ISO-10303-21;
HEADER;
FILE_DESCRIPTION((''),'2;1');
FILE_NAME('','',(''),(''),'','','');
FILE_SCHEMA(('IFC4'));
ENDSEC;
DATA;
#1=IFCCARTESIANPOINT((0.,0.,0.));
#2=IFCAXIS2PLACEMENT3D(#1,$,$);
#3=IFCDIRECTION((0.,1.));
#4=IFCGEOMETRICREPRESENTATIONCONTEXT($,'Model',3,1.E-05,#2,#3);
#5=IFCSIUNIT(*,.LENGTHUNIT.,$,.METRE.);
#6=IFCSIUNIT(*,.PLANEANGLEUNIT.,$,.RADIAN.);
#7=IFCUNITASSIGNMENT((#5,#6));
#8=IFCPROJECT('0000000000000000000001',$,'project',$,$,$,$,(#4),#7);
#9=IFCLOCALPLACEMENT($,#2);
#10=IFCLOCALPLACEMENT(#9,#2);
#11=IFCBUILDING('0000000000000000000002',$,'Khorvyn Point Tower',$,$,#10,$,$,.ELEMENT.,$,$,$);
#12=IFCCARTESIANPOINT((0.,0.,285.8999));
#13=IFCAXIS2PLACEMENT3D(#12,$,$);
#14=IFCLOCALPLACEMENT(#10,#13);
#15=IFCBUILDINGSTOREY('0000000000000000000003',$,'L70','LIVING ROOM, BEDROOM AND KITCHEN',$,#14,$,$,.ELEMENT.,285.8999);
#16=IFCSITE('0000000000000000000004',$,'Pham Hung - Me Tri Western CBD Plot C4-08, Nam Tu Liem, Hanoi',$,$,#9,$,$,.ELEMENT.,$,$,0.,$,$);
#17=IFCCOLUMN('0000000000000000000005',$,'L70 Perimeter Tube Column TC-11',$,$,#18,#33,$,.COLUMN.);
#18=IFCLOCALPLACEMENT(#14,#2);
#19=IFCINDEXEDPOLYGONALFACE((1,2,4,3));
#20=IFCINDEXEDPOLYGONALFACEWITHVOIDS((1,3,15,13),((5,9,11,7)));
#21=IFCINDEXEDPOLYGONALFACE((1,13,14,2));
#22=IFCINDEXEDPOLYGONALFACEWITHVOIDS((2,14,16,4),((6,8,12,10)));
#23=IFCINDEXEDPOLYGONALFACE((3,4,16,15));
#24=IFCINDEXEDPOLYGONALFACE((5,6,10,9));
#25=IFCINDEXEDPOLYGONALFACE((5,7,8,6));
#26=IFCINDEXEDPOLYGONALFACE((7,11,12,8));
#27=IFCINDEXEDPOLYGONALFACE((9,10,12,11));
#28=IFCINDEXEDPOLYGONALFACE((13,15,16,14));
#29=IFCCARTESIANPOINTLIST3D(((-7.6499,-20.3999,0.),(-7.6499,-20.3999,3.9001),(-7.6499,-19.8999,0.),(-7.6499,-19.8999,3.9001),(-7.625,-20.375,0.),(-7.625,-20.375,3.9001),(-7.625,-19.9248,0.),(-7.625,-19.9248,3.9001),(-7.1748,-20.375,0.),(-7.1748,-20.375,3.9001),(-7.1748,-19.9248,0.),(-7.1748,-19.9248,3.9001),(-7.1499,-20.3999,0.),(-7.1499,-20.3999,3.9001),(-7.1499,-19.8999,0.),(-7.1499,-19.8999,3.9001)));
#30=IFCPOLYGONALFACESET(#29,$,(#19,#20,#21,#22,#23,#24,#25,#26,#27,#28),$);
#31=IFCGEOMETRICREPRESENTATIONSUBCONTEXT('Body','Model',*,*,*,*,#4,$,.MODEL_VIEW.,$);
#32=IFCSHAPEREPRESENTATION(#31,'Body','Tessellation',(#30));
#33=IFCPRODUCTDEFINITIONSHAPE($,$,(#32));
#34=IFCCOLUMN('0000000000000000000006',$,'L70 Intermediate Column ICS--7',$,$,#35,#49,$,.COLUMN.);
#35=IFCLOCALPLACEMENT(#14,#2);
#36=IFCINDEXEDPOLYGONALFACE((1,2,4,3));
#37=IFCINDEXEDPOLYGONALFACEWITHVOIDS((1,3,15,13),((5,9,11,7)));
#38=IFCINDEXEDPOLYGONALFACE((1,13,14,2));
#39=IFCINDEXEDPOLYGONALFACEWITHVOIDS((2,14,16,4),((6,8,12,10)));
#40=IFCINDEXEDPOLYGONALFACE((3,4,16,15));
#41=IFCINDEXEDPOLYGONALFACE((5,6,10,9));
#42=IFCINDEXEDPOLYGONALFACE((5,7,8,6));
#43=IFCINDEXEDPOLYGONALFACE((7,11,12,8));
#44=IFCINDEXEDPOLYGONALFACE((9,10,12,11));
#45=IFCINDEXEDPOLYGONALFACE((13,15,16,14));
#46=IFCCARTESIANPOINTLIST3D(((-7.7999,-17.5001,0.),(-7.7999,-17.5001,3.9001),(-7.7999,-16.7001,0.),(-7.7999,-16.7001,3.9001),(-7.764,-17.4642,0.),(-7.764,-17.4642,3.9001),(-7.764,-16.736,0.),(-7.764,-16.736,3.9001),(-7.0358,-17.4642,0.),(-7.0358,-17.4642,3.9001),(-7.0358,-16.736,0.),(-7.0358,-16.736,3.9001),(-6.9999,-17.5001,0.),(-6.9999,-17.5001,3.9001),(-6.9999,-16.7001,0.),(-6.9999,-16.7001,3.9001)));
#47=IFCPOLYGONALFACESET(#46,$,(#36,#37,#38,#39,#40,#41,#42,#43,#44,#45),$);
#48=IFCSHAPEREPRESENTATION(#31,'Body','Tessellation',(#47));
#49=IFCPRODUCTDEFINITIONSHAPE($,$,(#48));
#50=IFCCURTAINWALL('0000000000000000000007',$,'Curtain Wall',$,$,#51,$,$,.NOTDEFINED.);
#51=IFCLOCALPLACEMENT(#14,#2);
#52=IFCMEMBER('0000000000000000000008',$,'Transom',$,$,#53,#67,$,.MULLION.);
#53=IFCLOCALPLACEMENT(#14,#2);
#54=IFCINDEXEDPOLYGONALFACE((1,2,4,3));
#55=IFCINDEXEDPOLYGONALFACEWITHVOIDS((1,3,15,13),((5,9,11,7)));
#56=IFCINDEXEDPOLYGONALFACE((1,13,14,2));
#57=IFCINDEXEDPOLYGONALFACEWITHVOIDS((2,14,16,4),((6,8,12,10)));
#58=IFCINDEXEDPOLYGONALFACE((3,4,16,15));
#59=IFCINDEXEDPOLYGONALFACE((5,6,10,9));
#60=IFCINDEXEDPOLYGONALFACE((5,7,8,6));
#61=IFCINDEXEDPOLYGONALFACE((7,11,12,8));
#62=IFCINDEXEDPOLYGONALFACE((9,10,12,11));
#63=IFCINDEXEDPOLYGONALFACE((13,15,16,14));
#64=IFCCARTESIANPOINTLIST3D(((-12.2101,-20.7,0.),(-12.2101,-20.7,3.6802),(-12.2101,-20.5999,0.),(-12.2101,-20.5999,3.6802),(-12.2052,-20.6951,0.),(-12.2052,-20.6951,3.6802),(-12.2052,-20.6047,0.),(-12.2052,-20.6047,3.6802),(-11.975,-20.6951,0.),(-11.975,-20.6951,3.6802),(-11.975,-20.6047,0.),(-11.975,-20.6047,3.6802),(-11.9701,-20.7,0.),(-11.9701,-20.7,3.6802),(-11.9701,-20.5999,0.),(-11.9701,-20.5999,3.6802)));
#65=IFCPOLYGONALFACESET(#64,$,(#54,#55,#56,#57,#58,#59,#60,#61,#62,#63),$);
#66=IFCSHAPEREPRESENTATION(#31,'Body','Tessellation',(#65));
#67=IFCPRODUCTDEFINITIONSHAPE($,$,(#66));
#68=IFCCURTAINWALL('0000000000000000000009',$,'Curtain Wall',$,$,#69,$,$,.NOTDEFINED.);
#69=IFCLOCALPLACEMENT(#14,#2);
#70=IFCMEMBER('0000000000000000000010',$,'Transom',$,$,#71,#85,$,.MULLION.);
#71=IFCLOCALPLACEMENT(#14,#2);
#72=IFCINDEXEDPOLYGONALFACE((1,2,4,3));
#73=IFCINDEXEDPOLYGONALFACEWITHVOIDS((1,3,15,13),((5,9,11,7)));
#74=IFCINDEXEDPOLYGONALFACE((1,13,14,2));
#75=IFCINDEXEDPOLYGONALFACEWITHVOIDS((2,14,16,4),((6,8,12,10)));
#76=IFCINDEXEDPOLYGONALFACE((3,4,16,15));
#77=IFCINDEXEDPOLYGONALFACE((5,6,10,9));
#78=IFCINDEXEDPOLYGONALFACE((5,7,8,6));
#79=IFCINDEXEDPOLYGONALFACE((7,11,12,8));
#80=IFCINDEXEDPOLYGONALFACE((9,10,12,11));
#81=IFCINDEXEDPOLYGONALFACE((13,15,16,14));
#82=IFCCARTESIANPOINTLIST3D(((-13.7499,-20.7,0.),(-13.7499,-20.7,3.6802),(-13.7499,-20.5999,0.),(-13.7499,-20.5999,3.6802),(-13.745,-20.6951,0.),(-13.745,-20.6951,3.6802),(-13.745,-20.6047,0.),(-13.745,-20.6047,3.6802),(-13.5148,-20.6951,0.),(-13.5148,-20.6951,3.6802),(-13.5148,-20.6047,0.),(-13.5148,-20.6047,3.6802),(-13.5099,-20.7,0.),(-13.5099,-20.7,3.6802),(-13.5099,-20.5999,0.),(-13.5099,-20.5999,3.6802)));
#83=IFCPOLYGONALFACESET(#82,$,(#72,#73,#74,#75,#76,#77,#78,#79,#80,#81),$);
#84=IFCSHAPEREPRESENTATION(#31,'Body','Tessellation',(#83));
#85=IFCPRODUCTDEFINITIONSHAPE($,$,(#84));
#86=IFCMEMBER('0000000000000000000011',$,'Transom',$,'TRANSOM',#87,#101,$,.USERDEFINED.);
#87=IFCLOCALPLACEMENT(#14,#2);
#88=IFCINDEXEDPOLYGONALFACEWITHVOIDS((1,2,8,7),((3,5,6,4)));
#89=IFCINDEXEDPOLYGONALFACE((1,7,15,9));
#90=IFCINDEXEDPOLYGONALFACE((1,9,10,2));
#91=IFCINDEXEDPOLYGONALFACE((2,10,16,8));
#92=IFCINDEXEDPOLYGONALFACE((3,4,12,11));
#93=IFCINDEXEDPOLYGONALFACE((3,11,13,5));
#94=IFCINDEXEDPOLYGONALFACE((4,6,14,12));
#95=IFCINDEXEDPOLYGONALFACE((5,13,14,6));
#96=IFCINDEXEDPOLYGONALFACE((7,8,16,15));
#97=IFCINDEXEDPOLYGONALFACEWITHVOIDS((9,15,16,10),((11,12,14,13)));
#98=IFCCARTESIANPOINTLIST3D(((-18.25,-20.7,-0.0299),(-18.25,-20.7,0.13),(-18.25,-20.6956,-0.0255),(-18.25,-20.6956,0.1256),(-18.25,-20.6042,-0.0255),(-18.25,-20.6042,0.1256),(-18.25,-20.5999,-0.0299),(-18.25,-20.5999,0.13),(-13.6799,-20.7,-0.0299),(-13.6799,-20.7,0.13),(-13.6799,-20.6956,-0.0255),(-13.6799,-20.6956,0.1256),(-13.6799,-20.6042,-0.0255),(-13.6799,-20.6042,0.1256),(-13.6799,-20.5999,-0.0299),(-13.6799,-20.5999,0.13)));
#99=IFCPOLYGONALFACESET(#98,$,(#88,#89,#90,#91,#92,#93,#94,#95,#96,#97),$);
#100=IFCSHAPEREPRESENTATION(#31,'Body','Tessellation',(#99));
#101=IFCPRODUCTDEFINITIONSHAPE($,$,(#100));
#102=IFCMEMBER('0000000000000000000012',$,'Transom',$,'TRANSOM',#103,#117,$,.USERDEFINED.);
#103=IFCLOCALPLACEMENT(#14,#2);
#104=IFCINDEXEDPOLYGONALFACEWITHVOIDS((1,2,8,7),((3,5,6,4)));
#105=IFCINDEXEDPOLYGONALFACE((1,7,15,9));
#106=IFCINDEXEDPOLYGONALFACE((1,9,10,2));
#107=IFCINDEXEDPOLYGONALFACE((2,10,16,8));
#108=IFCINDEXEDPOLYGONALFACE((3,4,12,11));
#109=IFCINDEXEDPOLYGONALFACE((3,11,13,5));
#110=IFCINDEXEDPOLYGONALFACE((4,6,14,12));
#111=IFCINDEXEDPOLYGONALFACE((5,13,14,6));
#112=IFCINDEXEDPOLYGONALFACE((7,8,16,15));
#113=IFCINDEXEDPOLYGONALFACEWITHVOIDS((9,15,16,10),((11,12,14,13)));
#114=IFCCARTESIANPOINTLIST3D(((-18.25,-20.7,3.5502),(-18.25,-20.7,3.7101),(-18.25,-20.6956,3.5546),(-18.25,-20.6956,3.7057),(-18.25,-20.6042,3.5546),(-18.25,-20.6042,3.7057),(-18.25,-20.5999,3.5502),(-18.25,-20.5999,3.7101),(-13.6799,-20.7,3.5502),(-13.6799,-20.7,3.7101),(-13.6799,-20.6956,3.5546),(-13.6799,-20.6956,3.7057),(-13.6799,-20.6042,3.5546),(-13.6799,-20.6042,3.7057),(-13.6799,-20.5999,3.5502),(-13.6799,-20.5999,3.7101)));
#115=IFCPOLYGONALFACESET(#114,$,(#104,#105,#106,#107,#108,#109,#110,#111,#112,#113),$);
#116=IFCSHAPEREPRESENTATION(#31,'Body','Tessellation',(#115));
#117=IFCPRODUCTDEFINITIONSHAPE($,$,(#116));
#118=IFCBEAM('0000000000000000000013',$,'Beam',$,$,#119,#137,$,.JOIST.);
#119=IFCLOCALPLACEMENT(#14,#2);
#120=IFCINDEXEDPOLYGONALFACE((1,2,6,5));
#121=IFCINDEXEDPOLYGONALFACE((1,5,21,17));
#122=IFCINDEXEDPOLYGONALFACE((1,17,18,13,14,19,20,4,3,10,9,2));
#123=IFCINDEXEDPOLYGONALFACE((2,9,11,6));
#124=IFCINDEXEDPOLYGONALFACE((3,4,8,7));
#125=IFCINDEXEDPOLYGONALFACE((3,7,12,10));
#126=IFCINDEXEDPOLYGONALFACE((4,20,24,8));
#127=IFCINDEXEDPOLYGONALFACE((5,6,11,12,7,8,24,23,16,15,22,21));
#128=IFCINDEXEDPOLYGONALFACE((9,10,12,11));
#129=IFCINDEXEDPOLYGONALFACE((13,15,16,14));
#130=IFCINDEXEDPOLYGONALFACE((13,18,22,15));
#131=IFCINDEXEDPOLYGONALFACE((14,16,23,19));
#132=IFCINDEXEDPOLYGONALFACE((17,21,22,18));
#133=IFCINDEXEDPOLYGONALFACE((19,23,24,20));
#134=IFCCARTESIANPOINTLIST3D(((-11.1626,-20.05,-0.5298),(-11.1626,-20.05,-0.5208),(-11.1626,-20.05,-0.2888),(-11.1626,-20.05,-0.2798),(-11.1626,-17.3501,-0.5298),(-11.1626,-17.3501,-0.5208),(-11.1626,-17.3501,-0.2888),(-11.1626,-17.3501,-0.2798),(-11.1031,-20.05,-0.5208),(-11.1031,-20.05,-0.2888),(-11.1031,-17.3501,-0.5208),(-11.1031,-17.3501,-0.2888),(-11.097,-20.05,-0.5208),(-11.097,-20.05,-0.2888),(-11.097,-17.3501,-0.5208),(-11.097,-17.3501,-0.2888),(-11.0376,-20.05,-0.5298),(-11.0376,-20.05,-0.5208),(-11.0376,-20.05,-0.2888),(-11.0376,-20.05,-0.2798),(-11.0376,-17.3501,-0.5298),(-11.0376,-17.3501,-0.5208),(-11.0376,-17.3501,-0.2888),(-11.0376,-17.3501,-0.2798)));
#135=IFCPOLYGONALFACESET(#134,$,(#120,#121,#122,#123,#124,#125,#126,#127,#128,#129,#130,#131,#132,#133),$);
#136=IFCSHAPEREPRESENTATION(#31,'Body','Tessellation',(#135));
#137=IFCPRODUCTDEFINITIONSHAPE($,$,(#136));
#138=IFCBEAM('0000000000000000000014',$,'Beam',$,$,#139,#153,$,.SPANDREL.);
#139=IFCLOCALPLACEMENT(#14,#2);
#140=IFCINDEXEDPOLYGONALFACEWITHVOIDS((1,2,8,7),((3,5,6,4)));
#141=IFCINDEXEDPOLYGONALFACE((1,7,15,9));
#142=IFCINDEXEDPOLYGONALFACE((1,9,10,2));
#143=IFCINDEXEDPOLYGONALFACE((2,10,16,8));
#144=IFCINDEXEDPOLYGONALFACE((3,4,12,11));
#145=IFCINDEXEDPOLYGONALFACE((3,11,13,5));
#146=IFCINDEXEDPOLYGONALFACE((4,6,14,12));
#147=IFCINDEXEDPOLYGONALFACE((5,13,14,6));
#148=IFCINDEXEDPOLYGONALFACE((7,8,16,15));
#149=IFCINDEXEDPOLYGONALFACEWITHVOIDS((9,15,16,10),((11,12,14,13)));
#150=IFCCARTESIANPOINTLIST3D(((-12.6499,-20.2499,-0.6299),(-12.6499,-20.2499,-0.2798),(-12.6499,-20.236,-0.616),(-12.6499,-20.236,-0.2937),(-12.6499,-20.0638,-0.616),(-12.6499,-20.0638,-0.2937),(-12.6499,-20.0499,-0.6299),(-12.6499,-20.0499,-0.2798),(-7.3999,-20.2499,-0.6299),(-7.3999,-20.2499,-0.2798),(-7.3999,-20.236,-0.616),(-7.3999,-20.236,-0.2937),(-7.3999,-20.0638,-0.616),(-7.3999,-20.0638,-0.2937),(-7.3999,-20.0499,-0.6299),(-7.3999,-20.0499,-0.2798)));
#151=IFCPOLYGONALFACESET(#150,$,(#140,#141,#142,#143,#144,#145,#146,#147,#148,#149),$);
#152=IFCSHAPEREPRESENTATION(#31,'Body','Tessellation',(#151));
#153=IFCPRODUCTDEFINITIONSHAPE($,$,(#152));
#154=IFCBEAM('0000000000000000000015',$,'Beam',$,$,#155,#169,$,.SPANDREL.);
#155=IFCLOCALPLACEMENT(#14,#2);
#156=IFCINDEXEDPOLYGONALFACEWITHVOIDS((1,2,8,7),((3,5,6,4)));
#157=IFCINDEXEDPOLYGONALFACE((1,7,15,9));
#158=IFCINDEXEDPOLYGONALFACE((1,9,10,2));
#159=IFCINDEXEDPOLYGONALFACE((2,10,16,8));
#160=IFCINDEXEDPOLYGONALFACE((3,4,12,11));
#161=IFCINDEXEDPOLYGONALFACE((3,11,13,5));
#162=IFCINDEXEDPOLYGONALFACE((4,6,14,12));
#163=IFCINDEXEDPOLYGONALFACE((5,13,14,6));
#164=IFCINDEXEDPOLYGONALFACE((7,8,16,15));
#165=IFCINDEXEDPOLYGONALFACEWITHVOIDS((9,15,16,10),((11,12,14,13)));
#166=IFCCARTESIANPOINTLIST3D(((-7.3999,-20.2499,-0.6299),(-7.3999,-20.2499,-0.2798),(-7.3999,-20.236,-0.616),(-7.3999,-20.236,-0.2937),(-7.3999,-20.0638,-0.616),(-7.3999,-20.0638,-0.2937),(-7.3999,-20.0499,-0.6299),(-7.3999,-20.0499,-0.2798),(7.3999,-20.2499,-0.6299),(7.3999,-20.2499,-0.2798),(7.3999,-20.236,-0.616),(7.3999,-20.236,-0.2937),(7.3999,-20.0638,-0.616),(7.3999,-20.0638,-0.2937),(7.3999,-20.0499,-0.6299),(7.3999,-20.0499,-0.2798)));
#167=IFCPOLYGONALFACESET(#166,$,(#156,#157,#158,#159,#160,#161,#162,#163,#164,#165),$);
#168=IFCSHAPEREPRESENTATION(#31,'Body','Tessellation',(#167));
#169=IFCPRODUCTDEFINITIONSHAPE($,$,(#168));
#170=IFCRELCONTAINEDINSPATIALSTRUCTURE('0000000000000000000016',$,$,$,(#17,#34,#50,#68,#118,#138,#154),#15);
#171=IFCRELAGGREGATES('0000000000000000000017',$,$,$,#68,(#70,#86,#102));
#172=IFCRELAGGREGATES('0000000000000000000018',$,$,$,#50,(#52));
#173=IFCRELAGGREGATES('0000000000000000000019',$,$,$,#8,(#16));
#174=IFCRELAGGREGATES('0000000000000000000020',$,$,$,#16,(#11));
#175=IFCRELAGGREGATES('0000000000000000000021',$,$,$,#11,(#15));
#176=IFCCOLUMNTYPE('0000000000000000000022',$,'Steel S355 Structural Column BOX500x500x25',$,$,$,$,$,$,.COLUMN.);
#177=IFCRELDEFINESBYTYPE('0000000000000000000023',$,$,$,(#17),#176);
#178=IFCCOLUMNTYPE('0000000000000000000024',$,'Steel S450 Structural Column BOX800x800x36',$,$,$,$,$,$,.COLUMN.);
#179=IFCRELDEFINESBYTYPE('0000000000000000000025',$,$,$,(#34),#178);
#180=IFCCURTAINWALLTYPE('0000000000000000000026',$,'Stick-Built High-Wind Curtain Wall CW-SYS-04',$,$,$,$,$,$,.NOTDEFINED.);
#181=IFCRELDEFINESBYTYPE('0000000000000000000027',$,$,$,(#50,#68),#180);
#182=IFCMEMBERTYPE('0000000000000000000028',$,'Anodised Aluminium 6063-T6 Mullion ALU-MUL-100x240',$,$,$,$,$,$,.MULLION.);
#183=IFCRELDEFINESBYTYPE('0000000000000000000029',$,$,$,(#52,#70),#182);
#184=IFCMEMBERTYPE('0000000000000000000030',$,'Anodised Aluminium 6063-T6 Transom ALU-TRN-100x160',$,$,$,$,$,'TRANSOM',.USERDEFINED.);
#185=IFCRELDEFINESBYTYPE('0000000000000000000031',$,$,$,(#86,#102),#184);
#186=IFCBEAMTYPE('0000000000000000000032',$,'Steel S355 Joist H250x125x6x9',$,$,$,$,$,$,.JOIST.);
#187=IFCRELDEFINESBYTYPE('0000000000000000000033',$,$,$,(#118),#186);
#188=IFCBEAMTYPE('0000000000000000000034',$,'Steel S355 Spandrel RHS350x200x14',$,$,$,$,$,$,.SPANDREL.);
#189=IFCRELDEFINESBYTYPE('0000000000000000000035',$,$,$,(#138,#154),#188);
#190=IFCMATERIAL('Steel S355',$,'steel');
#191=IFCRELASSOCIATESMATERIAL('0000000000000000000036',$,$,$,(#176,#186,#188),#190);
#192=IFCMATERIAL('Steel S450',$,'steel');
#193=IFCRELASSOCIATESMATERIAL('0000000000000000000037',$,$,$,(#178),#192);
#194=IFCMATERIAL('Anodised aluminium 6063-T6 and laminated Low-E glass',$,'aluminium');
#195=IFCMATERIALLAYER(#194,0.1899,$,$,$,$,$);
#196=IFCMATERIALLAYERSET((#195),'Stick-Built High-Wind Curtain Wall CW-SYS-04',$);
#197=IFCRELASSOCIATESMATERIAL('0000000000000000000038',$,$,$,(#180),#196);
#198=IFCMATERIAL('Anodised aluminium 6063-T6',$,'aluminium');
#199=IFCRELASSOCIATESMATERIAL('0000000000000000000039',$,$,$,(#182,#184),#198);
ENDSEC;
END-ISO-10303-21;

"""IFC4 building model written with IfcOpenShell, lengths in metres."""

from ifc_helpers import new_model, si_unit, direction, frame, origin, origin_2d, place, context, subcontext, project, spatial, hollow_rectangle, i_section, extrude, material, layer, layer_set, material_profile, profile_set, type_object, element, aggregate, save


model = new_model("IFC4")

# Units and contexts
model_context = context("Model", 3, precision=1e-05, world=origin(), true_north=direction((0.0, 1.0)))
body_context = subcontext(model_context, "Body", "Model", "MODEL_VIEW")
ifc_project = project(units=[si_unit("LENGTHUNIT", "METRE"), si_unit("PLANEANGLEUNIT", "RADIAN")], contexts=[model_context])

# Site, building, storey
site_placement = place(None, origin())
site = spatial("IfcSite", under=ifc_project, at=site_placement, Name="Pham Hung - Me Tri Western CBD Plot C4-08, Nam Tu Liem, Hanoi", CompositionType="ELEMENT", RefElevation=0.0)
building_placement = place(site_placement, origin())
building = spatial("IfcBuilding", under=site, at=building_placement, Name="Khorvyn Point Tower", CompositionType="ELEMENT")
storey_placement = place(building_placement, frame((0.0, 0.0, 285.8999)))
storey = spatial("IfcBuildingStorey", under=building, at=storey_placement, Name="L70", Description="LIVING ROOM, BEDROOM AND KITCHEN", CompositionType="ELEMENT", Elevation=285.8999)

# Columns
ifc_material_1 = material(Name="Steel S355", Category="steel")
ifc_material_profile_1 = material_profile(ifc_material_1, hollow_rectangle(XDim=0.5, YDim=0.5, WallThickness=0.0249, at=origin_2d()))
ifc_profile_set_1 = profile_set([ifc_material_profile_1], Name="Steel S355 BOX500x500x25")
column_type_1 = type_object("IfcColumnType", Name="Steel S355 Structural Column BOX500x500x25", PredefinedType="COLUMN", material=ifc_profile_set_1)
column_1_placement = place(storey_placement, frame((-7.3999, -20.1499, 0.0), z_axis=(0.0, 0.0, 1.0), x_axis=(1.0, 0.0, 0.0)))
element("IfcColumn", 1, at=column_1_placement, inside=storey, type_object=column_type_1, Name="L70 Perimeter Tube Column TC-11", PredefinedType="COLUMN", context=body_context, shape_type="SweptSolid", body=[
    extrude(hollow_rectangle(XDim=0.5, YDim=0.5, WallThickness=0.0249, at=origin_2d()), origin(), (0.0, 0.0, 1.0), 3.9001),
])
ifc_material_2 = material(Name="Steel S450", Category="steel")
ifc_material_profile_2 = material_profile(ifc_material_2, hollow_rectangle(XDim=0.8, YDim=0.8, WallThickness=0.0359, at=origin_2d()))
ifc_profile_set_2 = profile_set([ifc_material_profile_2], Name="Steel S450 BOX800x800x36")
column_type_2 = type_object("IfcColumnType", Name="Steel S450 Structural Column BOX800x800x36", PredefinedType="COLUMN", material=ifc_profile_set_2)
column_2_placement = place(storey_placement, frame((-7.3999, -17.1001, 0.0), z_axis=(0.0, 0.0, 1.0), x_axis=(1.0, 0.0, 0.0)))
element("IfcColumn", 2, at=column_2_placement, inside=storey, type_object=column_type_2, Name="L70 Intermediate Column ICS--7", PredefinedType="COLUMN", context=body_context, shape_type="SweptSolid", body=[
    extrude(hollow_rectangle(XDim=0.8, YDim=0.8, WallThickness=0.0359, at=origin_2d()), origin(), (0.0, 0.0, 1.0), 3.9001),
])

# Curtain wall, member
ifc_material_3 = material(Name="Anodised aluminium 6063-T6 and laminated Low-E glass", Category="aluminium")
ifc_layer_1 = layer(ifc_material_3, 0.1899)
ifc_layer_set_1 = layer_set([ifc_layer_1], Name="Stick-Built High-Wind Curtain Wall CW-SYS-04")
curtain_wall_type = type_object("IfcCurtainWallType", Name="Stick-Built High-Wind Curtain Wall CW-SYS-04", PredefinedType="NOTDEFINED", material=ifc_layer_set_1)
curtain_wall_1_placement = place(storey_placement, origin())
curtain_wall_1 = element("IfcCurtainWall", 3, at=curtain_wall_1_placement, inside=storey, type_object=curtain_wall_type, Name="Curtain Wall", PredefinedType="NOTDEFINED")
ifc_material_4 = material(Name="Anodised aluminium 6063-T6", Category="aluminium")
ifc_material_profile_3 = material_profile(ifc_material_4, hollow_rectangle(XDim=0.1001, YDim=0.24, WallThickness=0.0049, at=origin_2d()))
ifc_profile_set_3 = profile_set([ifc_material_profile_3], Name="Anodised aluminium 6063-T6 ALU-MUL-100x240")
member_type_1 = type_object("IfcMemberType", Name="Anodised Aluminium 6063-T6 Mullion ALU-MUL-100x240", PredefinedType="MULLION", material=ifc_profile_set_3)
member_1_placement = place(storey_placement, frame((-12.0901, -20.6499, 0.0), z_axis=(0.0, 0.0, 1.0), x_axis=(0.0, -1.0, 0.0)))
member_1 = element("IfcMember", 4, at=member_1_placement, type_object=member_type_1, Name="Transom", PredefinedType="MULLION", context=body_context, shape_type="SweptSolid", body=[
    extrude(hollow_rectangle(XDim=0.1001, YDim=0.24, WallThickness=0.0049, at=origin_2d()), origin(), (0.0, 0.0, 1.0), 3.6802),
])

# Curtain wall, members
curtain_wall_2_placement = place(storey_placement, origin())
curtain_wall_2 = element("IfcCurtainWall", 5, at=curtain_wall_2_placement, inside=storey, type_object=curtain_wall_type, Name="Curtain Wall", PredefinedType="NOTDEFINED")
member_2_placement = place(storey_placement, frame((-13.6299, -20.6499, 0.0), z_axis=(0.0, 0.0, 1.0), x_axis=(0.0, -1.0, 0.0)))
member_2 = element("IfcMember", 6, at=member_2_placement, type_object=member_type_1, Name="Transom", PredefinedType="MULLION", context=body_context, shape_type="SweptSolid", body=[
    extrude(hollow_rectangle(XDim=0.1001, YDim=0.24, WallThickness=0.0049, at=origin_2d()), origin(), (0.0, 0.0, 1.0), 3.6802),
])
ifc_material_profile_4 = material_profile(ifc_material_4, hollow_rectangle(XDim=0.1001, YDim=0.1599, WallThickness=0.0044, at=origin_2d()))
ifc_profile_set_4 = profile_set([ifc_material_profile_4], Name="Anodised aluminium 6063-T6 ALU-TRN-100x160")
member_type_2 = type_object("IfcMemberType", Name="Anodised Aluminium 6063-T6 Transom ALU-TRN-100x160", ElementType="TRANSOM", PredefinedType="USERDEFINED", material=ifc_profile_set_4)
member_3_placement = place(storey_placement, frame((-13.6799, -20.6499, 0.05), z_axis=(-1.0, 0.0, 0.0), x_axis=(0.0, -1.0, 0.0)))
member_3 = element("IfcMember", 7, at=member_3_placement, type_object=member_type_2, Name="Transom", ObjectType="TRANSOM", PredefinedType="USERDEFINED", context=body_context, shape_type="SweptSolid", body=[
    extrude(hollow_rectangle(XDim=0.1001, YDim=0.1599, WallThickness=0.0044, at=origin_2d()), origin(), (0.0, 0.0, 1.0), 4.5701),
])
member_4_placement = place(storey_placement, frame((-13.6799, -20.6499, 3.6301), z_axis=(-1.0, 0.0, 0.0), x_axis=(0.0, -1.0, 0.0)))
member_4 = element("IfcMember", 8, at=member_4_placement, type_object=member_type_2, Name="Transom", ObjectType="TRANSOM", PredefinedType="USERDEFINED", context=body_context, shape_type="SweptSolid", body=[
    extrude(hollow_rectangle(XDim=0.1001, YDim=0.1599, WallThickness=0.0044, at=origin_2d()), origin(), (0.0, 0.0, 1.0), 4.5701),
])
aggregate(curtain_wall_2, [member_2, member_3, member_4])

# Beams
ifc_material_profile_5 = material_profile(ifc_material_1, i_section(OverallWidth=0.125, OverallDepth=0.25, WebThickness=0.0061, FlangeThickness=0.009, at=origin_2d()))
ifc_profile_set_5 = profile_set([ifc_material_profile_5], Name="Steel S355 H250x125x6x9")
beam_type_1 = type_object("IfcBeamType", Name="Steel S355 Joist H250x125x6x9", PredefinedType="JOIST", material=ifc_profile_set_5)
beam_1_placement = place(storey_placement, frame((-11.1001, -20.05, -0.4048), z_axis=(0.0, 1.0, 0.0), x_axis=(-1.0, 0.0, 0.0)))
element("IfcBeam", 9, at=beam_1_placement, inside=storey, type_object=beam_type_1, Name="Beam", PredefinedType="JOIST", context=body_context, shape_type="SweptSolid", body=[
    extrude(i_section(OverallWidth=0.125, OverallDepth=0.25, WebThickness=0.0061, FlangeThickness=0.009, at=origin_2d()), origin(), (0.0, 0.0, 1.0), 2.7),
])
ifc_material_profile_6 = material_profile(ifc_material_1, hollow_rectangle(XDim=0.2, YDim=0.3501, WallThickness=0.0139, at=origin_2d()))
ifc_profile_set_6 = profile_set([ifc_material_profile_6], Name="Steel S355 RHS350x200x14")
beam_type_2 = type_object("IfcBeamType", Name="Steel S355 Spandrel RHS350x200x14", PredefinedType="SPANDREL", material=ifc_profile_set_6)
beam_2_placement = place(storey_placement, frame((-12.6499, -20.1499, -0.4548), z_axis=(1.0, 0.0, 0.0), x_axis=(0.0, 1.0, 0.0)))
element("IfcBeam", 10, at=beam_2_placement, inside=storey, type_object=beam_type_2, Name="Beam", PredefinedType="SPANDREL", context=body_context, shape_type="SweptSolid", body=[
    extrude(hollow_rectangle(XDim=0.2, YDim=0.3501, WallThickness=0.0139, at=origin_2d()), origin(), (0.0, 0.0, 1.0), 5.25),
])
beam_3_placement = place(storey_placement, frame((-7.3999, -20.1499, -0.4548), z_axis=(1.0, 0.0, 0.0), x_axis=(0.0, 1.0, 0.0)))
element("IfcBeam", 11, at=beam_3_placement, inside=storey, type_object=beam_type_2, Name="Beam", PredefinedType="SPANDREL", context=body_context, shape_type="SweptSolid", body=[
    extrude(hollow_rectangle(XDim=0.2, YDim=0.3501, WallThickness=0.0139, at=origin_2d()), origin(), (0.0, 0.0, 1.0), 14.7998),
])

aggregate(curtain_wall_1, [member_1])

save(model, "model.ifc")
